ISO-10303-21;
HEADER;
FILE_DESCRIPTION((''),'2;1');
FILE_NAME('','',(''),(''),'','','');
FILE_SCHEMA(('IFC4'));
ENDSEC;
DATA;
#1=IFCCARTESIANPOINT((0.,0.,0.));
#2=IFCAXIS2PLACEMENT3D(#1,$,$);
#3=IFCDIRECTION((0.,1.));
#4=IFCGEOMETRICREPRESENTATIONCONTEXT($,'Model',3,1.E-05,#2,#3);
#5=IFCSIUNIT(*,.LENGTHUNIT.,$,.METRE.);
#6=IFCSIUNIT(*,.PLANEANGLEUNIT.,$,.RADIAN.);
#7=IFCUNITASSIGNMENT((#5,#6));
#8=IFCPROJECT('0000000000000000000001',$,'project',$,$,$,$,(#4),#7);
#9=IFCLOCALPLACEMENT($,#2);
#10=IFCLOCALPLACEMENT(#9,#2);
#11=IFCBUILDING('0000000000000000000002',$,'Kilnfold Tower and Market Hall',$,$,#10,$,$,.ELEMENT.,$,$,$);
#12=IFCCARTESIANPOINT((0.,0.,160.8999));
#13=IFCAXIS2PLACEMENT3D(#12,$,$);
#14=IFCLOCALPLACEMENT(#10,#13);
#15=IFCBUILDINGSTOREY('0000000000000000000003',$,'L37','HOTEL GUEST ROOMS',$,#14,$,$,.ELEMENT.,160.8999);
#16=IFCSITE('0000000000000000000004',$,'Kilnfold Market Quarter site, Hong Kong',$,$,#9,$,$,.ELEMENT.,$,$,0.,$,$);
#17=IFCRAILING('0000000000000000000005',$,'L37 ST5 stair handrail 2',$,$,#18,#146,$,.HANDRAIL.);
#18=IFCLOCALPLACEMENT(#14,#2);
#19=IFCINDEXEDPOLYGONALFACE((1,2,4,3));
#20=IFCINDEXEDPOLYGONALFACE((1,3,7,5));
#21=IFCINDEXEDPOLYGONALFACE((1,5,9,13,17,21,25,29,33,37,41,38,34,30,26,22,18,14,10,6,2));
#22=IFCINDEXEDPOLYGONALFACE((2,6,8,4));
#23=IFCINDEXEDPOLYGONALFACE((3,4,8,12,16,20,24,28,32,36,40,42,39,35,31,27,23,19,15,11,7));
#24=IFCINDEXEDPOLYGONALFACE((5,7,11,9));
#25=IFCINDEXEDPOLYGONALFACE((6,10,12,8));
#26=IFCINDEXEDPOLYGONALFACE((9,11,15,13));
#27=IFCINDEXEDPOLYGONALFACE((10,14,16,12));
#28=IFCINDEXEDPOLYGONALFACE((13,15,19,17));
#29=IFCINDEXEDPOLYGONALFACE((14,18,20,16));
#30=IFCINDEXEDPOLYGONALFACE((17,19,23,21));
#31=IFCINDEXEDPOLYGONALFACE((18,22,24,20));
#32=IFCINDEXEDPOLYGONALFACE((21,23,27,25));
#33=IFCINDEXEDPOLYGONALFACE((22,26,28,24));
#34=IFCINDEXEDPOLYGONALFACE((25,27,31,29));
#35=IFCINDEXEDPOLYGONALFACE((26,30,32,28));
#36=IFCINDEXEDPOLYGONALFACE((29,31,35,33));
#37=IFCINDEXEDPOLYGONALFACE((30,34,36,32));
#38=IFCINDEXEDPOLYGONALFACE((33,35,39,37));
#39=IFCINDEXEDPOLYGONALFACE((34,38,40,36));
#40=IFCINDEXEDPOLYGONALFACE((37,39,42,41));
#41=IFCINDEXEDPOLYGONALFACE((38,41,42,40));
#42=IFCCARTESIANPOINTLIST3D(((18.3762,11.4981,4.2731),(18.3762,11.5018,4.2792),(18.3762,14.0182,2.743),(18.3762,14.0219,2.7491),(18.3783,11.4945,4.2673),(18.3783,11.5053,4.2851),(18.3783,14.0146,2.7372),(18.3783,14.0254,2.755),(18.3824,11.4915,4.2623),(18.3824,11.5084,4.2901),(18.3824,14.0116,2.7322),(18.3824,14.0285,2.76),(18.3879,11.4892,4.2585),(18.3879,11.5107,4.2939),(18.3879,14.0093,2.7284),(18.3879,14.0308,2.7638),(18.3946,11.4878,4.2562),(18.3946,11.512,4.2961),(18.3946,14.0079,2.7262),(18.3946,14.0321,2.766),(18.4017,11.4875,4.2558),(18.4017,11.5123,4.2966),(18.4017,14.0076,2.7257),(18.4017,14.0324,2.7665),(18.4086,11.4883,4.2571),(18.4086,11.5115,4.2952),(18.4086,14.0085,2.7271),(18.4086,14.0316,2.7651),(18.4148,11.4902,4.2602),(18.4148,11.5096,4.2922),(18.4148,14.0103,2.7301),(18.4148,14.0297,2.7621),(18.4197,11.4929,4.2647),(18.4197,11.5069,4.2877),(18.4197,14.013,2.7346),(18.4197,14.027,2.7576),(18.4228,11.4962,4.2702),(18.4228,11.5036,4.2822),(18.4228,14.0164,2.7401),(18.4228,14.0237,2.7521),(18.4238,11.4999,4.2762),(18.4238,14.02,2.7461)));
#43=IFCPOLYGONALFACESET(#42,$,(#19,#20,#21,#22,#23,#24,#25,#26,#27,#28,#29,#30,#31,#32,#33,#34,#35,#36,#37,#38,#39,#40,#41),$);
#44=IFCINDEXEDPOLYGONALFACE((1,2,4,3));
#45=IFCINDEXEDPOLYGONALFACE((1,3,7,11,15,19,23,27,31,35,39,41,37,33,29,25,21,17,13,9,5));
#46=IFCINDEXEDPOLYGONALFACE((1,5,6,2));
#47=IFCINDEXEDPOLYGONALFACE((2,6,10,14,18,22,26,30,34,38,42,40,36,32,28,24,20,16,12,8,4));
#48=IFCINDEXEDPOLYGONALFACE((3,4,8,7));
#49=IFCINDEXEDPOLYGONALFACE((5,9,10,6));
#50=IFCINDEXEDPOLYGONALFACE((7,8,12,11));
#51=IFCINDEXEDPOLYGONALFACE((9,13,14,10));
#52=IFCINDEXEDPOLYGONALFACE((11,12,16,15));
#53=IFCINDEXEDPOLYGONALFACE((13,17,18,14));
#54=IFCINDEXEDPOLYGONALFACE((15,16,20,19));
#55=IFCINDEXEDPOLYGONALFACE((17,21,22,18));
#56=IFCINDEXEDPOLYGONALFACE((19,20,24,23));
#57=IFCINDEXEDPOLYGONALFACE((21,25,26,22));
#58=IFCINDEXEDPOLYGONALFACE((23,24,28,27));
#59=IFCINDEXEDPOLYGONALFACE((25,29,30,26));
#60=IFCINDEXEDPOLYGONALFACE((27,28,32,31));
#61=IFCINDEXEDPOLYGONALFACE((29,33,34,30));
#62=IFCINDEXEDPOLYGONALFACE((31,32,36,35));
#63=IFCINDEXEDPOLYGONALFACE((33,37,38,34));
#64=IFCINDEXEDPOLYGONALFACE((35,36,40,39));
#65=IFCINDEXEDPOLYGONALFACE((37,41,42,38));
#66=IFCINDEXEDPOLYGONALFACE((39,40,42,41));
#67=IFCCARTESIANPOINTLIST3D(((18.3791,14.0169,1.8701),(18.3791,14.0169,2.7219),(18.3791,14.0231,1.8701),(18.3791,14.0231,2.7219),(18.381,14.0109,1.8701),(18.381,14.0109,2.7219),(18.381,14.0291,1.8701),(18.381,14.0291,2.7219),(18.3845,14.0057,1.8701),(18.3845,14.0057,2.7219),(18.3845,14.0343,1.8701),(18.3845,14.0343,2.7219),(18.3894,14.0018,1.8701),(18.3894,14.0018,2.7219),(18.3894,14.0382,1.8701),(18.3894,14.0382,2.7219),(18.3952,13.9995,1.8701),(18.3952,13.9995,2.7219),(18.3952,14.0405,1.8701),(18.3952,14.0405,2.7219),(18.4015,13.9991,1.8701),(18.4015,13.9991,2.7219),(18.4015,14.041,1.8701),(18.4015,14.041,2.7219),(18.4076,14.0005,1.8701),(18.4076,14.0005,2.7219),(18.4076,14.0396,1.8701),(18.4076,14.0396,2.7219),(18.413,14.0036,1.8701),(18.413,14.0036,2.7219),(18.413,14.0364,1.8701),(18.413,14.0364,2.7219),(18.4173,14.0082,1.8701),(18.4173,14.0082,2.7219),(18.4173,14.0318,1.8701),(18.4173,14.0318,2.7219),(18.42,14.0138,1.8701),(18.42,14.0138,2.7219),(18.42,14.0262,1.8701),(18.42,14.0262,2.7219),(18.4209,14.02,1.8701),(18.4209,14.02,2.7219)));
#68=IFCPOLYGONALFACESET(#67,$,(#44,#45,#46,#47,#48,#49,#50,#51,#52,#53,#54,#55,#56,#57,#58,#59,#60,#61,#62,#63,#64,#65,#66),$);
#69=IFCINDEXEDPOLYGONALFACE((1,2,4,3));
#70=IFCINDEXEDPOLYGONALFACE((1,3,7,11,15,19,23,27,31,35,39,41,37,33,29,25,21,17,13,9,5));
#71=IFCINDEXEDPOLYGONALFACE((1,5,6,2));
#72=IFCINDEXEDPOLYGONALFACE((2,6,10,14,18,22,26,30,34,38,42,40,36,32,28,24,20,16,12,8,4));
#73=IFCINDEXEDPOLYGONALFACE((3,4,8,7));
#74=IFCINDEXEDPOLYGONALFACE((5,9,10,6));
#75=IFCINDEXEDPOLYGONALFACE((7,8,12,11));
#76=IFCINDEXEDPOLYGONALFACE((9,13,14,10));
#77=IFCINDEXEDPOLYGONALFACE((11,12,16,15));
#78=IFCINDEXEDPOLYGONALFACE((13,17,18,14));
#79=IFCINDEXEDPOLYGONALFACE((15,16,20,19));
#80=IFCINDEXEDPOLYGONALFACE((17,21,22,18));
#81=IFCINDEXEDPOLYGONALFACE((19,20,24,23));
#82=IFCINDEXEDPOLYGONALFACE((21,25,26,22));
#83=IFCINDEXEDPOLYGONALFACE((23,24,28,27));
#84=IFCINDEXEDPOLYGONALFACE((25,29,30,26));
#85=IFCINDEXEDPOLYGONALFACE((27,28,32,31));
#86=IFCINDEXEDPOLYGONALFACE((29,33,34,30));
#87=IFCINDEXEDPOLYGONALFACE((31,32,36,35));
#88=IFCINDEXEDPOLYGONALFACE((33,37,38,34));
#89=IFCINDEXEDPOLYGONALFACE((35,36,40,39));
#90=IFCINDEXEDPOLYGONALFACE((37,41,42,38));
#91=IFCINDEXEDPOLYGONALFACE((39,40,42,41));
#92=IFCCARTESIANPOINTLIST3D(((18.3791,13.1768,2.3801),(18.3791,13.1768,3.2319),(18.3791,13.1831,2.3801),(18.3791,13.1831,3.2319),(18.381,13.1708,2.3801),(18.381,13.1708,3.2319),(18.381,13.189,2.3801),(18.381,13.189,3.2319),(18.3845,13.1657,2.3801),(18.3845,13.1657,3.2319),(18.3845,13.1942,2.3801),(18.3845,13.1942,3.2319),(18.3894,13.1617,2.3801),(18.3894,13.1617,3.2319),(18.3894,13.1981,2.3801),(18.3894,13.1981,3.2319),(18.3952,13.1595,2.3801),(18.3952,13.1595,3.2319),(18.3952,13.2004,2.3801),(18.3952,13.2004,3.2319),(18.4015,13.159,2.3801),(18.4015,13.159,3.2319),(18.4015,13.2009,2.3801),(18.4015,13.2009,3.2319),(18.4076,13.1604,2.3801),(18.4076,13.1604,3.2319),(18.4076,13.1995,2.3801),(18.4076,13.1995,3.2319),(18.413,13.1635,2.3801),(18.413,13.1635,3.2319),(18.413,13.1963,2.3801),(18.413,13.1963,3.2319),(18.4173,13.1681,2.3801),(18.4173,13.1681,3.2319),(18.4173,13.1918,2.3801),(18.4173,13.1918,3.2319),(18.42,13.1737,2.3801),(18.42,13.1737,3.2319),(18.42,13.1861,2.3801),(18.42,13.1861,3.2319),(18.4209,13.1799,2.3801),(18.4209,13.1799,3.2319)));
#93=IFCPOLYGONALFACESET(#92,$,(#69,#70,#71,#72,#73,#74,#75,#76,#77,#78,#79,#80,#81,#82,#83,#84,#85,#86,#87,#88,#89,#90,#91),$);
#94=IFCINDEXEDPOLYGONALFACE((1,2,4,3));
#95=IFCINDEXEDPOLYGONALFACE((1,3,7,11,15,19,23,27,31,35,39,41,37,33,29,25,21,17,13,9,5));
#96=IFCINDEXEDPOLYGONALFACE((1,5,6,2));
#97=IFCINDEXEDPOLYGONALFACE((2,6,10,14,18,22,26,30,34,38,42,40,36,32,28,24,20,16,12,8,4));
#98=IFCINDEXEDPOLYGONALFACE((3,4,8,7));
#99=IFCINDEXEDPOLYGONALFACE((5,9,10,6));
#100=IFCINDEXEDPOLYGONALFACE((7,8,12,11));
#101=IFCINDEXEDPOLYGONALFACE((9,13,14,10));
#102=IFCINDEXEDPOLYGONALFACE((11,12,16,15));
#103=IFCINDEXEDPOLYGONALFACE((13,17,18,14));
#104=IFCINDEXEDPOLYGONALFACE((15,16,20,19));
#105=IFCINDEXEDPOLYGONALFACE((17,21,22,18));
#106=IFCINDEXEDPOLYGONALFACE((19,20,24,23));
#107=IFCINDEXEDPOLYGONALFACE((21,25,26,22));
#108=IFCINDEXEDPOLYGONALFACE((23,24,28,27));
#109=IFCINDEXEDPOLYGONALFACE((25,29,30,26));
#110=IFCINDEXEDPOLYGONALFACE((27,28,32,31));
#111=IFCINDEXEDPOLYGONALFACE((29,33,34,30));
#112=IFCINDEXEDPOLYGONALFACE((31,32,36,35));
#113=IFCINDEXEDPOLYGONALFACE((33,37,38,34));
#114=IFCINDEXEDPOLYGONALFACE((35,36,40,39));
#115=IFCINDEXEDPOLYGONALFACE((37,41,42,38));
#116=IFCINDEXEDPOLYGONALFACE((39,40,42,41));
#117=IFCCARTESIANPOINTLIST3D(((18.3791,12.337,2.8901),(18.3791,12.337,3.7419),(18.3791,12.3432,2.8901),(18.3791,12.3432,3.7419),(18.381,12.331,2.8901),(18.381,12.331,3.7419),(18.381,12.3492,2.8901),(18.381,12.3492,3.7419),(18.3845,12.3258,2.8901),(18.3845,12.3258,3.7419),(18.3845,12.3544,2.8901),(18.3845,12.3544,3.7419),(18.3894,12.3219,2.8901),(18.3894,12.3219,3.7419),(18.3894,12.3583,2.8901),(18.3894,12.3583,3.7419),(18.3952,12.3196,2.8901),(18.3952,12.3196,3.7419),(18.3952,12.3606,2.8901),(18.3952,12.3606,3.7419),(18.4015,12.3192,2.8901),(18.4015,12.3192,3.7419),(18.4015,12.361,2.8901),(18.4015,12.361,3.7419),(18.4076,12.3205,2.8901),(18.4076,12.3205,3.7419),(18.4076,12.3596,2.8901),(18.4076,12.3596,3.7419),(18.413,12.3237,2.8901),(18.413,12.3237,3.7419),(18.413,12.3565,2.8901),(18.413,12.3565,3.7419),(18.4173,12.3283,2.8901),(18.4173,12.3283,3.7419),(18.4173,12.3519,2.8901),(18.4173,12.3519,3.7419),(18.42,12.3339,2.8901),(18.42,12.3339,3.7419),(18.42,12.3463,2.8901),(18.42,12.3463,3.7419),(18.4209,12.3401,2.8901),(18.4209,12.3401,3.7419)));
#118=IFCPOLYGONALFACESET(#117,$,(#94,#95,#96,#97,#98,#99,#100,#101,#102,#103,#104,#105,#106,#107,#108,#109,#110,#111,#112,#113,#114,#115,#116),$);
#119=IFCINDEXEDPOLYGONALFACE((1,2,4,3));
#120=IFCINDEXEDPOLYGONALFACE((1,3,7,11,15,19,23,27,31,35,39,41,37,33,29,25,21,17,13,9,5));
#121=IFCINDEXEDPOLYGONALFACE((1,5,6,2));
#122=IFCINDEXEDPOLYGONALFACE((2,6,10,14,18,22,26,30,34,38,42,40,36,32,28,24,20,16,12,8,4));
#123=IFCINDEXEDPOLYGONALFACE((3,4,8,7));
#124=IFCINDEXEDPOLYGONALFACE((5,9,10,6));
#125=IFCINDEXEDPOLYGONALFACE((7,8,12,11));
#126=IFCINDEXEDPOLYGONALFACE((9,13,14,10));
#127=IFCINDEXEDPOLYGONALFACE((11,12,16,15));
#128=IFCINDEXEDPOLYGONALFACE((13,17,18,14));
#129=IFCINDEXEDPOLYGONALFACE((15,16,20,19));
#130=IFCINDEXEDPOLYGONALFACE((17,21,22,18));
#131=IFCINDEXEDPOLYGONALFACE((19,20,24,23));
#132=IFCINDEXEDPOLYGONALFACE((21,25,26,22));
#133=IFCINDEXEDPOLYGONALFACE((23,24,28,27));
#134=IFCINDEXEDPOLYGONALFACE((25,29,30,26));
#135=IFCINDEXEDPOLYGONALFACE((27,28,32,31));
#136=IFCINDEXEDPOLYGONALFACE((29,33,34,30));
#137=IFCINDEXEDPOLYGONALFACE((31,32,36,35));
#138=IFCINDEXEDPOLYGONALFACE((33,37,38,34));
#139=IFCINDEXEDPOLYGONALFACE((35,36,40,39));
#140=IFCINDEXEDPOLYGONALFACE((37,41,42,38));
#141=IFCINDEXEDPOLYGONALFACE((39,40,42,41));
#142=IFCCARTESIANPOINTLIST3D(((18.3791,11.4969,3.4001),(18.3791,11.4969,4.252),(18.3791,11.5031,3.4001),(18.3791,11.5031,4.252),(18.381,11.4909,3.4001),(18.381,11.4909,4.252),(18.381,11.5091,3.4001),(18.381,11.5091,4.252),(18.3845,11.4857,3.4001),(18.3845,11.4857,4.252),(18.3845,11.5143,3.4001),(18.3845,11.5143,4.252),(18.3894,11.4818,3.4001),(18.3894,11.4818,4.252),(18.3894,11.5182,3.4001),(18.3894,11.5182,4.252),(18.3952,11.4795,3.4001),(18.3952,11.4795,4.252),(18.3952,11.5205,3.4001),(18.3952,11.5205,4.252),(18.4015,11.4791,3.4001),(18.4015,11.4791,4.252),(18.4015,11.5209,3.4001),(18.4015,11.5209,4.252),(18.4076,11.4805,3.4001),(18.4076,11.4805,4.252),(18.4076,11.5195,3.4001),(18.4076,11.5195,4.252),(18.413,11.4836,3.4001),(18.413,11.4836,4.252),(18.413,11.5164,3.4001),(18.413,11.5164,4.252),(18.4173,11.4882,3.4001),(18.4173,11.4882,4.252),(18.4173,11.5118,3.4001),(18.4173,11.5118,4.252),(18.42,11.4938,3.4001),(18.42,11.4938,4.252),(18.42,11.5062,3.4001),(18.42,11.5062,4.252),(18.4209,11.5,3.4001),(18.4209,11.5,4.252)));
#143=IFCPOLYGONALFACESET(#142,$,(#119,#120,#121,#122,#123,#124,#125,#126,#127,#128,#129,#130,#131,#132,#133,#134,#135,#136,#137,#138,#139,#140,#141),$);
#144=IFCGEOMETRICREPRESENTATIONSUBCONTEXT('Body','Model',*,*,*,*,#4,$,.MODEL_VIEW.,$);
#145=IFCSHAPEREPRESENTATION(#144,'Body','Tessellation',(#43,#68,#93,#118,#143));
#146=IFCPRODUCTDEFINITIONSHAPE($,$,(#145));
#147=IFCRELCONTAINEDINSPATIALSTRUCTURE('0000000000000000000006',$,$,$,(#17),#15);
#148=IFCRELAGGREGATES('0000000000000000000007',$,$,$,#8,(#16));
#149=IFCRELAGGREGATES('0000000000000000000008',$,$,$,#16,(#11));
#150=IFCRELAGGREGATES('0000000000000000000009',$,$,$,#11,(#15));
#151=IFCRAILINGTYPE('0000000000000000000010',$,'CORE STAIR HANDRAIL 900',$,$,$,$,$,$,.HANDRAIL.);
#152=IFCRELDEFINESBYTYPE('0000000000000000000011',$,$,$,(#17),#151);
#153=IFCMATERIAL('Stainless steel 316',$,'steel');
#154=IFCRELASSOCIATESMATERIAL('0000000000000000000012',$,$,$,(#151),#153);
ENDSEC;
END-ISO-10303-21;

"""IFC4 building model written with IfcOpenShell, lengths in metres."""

from ifc_helpers import new_model, si_unit, direction, frame, origin, origin_2d, place, context, subcontext, project, spatial, circle, extrude, material, type_object, element, save


model = new_model("IFC4")

# Units and contexts
model_context = context("Model", 3, precision=1e-05, world=origin(), true_north=direction((0.0, 1.0)))
body_context = subcontext(model_context, "Body", "Model", "MODEL_VIEW")
ifc_project = project(units=[si_unit("LENGTHUNIT", "METRE"), si_unit("PLANEANGLEUNIT", "RADIAN")], contexts=[model_context])

# Site, building, storey
site_placement = place(None, origin())
site = spatial("IfcSite", under=ifc_project, at=site_placement, Name="Kilnfold Market Quarter site, Hong Kong", CompositionType="ELEMENT", RefElevation=0.0)
building_placement = place(site_placement, origin())
building = spatial("IfcBuilding", under=site, at=building_placement, Name="Kilnfold Tower and Market Hall", CompositionType="ELEMENT")
storey_placement = place(building_placement, frame((0.0, 0.0, 160.8999)))
storey = spatial("IfcBuildingStorey", under=building, at=storey_placement, Name="L37", Description="HOTEL GUEST ROOMS", CompositionType="ELEMENT", Elevation=160.8999)

# Railing
ifc_material_1 = material(Name="Stainless steel 316", Category="steel")
railing_type_1 = type_object("IfcRailingType", Name="CORE STAIR HANDRAIL 900", PredefinedType="HANDRAIL", material=ifc_material_1)
for number, where, name in (
    (1, (18.3999, 14.02, 1.8701), "L37 ST5 stair handrail 2"),
):
    element("IfcRailing", number, at=place(storey_placement, frame(where)), inside=storey, type_object=railing_type_1, Name=name, PredefinedType="HANDRAIL", context=body_context, shape_type="SweptSolid", body=[
        extrude(circle(Radius=0.0239, at=origin_2d()), frame((0.0, 0.0, 0.876), z_axis=(0.0, -0.854785, 0.518982), x_axis=(1.0, 0.0, 0.0)), (0.0, 0.0, 1.0), 2.9482),
        extrude(circle(Radius=0.021, at=origin_2d()), origin(), (0.0, 0.0, 1.0), 0.8518),
        extrude(circle(Radius=0.021, at=origin_2d()), frame((0.0, -0.8401, 0.51)), (0.0, 0.0, 1.0), 0.8518),
        extrude(circle(Radius=0.021, at=origin_2d()), frame((0.0, -1.6799, 1.02)), (0.0, 0.0, 1.0), 0.8518),
        extrude(circle(Radius=0.021, at=origin_2d()), frame((0.0, -2.52, 1.53)), (0.0, 0.0, 1.0), 0.8518),
    ])

save(model, "model.ifc")
